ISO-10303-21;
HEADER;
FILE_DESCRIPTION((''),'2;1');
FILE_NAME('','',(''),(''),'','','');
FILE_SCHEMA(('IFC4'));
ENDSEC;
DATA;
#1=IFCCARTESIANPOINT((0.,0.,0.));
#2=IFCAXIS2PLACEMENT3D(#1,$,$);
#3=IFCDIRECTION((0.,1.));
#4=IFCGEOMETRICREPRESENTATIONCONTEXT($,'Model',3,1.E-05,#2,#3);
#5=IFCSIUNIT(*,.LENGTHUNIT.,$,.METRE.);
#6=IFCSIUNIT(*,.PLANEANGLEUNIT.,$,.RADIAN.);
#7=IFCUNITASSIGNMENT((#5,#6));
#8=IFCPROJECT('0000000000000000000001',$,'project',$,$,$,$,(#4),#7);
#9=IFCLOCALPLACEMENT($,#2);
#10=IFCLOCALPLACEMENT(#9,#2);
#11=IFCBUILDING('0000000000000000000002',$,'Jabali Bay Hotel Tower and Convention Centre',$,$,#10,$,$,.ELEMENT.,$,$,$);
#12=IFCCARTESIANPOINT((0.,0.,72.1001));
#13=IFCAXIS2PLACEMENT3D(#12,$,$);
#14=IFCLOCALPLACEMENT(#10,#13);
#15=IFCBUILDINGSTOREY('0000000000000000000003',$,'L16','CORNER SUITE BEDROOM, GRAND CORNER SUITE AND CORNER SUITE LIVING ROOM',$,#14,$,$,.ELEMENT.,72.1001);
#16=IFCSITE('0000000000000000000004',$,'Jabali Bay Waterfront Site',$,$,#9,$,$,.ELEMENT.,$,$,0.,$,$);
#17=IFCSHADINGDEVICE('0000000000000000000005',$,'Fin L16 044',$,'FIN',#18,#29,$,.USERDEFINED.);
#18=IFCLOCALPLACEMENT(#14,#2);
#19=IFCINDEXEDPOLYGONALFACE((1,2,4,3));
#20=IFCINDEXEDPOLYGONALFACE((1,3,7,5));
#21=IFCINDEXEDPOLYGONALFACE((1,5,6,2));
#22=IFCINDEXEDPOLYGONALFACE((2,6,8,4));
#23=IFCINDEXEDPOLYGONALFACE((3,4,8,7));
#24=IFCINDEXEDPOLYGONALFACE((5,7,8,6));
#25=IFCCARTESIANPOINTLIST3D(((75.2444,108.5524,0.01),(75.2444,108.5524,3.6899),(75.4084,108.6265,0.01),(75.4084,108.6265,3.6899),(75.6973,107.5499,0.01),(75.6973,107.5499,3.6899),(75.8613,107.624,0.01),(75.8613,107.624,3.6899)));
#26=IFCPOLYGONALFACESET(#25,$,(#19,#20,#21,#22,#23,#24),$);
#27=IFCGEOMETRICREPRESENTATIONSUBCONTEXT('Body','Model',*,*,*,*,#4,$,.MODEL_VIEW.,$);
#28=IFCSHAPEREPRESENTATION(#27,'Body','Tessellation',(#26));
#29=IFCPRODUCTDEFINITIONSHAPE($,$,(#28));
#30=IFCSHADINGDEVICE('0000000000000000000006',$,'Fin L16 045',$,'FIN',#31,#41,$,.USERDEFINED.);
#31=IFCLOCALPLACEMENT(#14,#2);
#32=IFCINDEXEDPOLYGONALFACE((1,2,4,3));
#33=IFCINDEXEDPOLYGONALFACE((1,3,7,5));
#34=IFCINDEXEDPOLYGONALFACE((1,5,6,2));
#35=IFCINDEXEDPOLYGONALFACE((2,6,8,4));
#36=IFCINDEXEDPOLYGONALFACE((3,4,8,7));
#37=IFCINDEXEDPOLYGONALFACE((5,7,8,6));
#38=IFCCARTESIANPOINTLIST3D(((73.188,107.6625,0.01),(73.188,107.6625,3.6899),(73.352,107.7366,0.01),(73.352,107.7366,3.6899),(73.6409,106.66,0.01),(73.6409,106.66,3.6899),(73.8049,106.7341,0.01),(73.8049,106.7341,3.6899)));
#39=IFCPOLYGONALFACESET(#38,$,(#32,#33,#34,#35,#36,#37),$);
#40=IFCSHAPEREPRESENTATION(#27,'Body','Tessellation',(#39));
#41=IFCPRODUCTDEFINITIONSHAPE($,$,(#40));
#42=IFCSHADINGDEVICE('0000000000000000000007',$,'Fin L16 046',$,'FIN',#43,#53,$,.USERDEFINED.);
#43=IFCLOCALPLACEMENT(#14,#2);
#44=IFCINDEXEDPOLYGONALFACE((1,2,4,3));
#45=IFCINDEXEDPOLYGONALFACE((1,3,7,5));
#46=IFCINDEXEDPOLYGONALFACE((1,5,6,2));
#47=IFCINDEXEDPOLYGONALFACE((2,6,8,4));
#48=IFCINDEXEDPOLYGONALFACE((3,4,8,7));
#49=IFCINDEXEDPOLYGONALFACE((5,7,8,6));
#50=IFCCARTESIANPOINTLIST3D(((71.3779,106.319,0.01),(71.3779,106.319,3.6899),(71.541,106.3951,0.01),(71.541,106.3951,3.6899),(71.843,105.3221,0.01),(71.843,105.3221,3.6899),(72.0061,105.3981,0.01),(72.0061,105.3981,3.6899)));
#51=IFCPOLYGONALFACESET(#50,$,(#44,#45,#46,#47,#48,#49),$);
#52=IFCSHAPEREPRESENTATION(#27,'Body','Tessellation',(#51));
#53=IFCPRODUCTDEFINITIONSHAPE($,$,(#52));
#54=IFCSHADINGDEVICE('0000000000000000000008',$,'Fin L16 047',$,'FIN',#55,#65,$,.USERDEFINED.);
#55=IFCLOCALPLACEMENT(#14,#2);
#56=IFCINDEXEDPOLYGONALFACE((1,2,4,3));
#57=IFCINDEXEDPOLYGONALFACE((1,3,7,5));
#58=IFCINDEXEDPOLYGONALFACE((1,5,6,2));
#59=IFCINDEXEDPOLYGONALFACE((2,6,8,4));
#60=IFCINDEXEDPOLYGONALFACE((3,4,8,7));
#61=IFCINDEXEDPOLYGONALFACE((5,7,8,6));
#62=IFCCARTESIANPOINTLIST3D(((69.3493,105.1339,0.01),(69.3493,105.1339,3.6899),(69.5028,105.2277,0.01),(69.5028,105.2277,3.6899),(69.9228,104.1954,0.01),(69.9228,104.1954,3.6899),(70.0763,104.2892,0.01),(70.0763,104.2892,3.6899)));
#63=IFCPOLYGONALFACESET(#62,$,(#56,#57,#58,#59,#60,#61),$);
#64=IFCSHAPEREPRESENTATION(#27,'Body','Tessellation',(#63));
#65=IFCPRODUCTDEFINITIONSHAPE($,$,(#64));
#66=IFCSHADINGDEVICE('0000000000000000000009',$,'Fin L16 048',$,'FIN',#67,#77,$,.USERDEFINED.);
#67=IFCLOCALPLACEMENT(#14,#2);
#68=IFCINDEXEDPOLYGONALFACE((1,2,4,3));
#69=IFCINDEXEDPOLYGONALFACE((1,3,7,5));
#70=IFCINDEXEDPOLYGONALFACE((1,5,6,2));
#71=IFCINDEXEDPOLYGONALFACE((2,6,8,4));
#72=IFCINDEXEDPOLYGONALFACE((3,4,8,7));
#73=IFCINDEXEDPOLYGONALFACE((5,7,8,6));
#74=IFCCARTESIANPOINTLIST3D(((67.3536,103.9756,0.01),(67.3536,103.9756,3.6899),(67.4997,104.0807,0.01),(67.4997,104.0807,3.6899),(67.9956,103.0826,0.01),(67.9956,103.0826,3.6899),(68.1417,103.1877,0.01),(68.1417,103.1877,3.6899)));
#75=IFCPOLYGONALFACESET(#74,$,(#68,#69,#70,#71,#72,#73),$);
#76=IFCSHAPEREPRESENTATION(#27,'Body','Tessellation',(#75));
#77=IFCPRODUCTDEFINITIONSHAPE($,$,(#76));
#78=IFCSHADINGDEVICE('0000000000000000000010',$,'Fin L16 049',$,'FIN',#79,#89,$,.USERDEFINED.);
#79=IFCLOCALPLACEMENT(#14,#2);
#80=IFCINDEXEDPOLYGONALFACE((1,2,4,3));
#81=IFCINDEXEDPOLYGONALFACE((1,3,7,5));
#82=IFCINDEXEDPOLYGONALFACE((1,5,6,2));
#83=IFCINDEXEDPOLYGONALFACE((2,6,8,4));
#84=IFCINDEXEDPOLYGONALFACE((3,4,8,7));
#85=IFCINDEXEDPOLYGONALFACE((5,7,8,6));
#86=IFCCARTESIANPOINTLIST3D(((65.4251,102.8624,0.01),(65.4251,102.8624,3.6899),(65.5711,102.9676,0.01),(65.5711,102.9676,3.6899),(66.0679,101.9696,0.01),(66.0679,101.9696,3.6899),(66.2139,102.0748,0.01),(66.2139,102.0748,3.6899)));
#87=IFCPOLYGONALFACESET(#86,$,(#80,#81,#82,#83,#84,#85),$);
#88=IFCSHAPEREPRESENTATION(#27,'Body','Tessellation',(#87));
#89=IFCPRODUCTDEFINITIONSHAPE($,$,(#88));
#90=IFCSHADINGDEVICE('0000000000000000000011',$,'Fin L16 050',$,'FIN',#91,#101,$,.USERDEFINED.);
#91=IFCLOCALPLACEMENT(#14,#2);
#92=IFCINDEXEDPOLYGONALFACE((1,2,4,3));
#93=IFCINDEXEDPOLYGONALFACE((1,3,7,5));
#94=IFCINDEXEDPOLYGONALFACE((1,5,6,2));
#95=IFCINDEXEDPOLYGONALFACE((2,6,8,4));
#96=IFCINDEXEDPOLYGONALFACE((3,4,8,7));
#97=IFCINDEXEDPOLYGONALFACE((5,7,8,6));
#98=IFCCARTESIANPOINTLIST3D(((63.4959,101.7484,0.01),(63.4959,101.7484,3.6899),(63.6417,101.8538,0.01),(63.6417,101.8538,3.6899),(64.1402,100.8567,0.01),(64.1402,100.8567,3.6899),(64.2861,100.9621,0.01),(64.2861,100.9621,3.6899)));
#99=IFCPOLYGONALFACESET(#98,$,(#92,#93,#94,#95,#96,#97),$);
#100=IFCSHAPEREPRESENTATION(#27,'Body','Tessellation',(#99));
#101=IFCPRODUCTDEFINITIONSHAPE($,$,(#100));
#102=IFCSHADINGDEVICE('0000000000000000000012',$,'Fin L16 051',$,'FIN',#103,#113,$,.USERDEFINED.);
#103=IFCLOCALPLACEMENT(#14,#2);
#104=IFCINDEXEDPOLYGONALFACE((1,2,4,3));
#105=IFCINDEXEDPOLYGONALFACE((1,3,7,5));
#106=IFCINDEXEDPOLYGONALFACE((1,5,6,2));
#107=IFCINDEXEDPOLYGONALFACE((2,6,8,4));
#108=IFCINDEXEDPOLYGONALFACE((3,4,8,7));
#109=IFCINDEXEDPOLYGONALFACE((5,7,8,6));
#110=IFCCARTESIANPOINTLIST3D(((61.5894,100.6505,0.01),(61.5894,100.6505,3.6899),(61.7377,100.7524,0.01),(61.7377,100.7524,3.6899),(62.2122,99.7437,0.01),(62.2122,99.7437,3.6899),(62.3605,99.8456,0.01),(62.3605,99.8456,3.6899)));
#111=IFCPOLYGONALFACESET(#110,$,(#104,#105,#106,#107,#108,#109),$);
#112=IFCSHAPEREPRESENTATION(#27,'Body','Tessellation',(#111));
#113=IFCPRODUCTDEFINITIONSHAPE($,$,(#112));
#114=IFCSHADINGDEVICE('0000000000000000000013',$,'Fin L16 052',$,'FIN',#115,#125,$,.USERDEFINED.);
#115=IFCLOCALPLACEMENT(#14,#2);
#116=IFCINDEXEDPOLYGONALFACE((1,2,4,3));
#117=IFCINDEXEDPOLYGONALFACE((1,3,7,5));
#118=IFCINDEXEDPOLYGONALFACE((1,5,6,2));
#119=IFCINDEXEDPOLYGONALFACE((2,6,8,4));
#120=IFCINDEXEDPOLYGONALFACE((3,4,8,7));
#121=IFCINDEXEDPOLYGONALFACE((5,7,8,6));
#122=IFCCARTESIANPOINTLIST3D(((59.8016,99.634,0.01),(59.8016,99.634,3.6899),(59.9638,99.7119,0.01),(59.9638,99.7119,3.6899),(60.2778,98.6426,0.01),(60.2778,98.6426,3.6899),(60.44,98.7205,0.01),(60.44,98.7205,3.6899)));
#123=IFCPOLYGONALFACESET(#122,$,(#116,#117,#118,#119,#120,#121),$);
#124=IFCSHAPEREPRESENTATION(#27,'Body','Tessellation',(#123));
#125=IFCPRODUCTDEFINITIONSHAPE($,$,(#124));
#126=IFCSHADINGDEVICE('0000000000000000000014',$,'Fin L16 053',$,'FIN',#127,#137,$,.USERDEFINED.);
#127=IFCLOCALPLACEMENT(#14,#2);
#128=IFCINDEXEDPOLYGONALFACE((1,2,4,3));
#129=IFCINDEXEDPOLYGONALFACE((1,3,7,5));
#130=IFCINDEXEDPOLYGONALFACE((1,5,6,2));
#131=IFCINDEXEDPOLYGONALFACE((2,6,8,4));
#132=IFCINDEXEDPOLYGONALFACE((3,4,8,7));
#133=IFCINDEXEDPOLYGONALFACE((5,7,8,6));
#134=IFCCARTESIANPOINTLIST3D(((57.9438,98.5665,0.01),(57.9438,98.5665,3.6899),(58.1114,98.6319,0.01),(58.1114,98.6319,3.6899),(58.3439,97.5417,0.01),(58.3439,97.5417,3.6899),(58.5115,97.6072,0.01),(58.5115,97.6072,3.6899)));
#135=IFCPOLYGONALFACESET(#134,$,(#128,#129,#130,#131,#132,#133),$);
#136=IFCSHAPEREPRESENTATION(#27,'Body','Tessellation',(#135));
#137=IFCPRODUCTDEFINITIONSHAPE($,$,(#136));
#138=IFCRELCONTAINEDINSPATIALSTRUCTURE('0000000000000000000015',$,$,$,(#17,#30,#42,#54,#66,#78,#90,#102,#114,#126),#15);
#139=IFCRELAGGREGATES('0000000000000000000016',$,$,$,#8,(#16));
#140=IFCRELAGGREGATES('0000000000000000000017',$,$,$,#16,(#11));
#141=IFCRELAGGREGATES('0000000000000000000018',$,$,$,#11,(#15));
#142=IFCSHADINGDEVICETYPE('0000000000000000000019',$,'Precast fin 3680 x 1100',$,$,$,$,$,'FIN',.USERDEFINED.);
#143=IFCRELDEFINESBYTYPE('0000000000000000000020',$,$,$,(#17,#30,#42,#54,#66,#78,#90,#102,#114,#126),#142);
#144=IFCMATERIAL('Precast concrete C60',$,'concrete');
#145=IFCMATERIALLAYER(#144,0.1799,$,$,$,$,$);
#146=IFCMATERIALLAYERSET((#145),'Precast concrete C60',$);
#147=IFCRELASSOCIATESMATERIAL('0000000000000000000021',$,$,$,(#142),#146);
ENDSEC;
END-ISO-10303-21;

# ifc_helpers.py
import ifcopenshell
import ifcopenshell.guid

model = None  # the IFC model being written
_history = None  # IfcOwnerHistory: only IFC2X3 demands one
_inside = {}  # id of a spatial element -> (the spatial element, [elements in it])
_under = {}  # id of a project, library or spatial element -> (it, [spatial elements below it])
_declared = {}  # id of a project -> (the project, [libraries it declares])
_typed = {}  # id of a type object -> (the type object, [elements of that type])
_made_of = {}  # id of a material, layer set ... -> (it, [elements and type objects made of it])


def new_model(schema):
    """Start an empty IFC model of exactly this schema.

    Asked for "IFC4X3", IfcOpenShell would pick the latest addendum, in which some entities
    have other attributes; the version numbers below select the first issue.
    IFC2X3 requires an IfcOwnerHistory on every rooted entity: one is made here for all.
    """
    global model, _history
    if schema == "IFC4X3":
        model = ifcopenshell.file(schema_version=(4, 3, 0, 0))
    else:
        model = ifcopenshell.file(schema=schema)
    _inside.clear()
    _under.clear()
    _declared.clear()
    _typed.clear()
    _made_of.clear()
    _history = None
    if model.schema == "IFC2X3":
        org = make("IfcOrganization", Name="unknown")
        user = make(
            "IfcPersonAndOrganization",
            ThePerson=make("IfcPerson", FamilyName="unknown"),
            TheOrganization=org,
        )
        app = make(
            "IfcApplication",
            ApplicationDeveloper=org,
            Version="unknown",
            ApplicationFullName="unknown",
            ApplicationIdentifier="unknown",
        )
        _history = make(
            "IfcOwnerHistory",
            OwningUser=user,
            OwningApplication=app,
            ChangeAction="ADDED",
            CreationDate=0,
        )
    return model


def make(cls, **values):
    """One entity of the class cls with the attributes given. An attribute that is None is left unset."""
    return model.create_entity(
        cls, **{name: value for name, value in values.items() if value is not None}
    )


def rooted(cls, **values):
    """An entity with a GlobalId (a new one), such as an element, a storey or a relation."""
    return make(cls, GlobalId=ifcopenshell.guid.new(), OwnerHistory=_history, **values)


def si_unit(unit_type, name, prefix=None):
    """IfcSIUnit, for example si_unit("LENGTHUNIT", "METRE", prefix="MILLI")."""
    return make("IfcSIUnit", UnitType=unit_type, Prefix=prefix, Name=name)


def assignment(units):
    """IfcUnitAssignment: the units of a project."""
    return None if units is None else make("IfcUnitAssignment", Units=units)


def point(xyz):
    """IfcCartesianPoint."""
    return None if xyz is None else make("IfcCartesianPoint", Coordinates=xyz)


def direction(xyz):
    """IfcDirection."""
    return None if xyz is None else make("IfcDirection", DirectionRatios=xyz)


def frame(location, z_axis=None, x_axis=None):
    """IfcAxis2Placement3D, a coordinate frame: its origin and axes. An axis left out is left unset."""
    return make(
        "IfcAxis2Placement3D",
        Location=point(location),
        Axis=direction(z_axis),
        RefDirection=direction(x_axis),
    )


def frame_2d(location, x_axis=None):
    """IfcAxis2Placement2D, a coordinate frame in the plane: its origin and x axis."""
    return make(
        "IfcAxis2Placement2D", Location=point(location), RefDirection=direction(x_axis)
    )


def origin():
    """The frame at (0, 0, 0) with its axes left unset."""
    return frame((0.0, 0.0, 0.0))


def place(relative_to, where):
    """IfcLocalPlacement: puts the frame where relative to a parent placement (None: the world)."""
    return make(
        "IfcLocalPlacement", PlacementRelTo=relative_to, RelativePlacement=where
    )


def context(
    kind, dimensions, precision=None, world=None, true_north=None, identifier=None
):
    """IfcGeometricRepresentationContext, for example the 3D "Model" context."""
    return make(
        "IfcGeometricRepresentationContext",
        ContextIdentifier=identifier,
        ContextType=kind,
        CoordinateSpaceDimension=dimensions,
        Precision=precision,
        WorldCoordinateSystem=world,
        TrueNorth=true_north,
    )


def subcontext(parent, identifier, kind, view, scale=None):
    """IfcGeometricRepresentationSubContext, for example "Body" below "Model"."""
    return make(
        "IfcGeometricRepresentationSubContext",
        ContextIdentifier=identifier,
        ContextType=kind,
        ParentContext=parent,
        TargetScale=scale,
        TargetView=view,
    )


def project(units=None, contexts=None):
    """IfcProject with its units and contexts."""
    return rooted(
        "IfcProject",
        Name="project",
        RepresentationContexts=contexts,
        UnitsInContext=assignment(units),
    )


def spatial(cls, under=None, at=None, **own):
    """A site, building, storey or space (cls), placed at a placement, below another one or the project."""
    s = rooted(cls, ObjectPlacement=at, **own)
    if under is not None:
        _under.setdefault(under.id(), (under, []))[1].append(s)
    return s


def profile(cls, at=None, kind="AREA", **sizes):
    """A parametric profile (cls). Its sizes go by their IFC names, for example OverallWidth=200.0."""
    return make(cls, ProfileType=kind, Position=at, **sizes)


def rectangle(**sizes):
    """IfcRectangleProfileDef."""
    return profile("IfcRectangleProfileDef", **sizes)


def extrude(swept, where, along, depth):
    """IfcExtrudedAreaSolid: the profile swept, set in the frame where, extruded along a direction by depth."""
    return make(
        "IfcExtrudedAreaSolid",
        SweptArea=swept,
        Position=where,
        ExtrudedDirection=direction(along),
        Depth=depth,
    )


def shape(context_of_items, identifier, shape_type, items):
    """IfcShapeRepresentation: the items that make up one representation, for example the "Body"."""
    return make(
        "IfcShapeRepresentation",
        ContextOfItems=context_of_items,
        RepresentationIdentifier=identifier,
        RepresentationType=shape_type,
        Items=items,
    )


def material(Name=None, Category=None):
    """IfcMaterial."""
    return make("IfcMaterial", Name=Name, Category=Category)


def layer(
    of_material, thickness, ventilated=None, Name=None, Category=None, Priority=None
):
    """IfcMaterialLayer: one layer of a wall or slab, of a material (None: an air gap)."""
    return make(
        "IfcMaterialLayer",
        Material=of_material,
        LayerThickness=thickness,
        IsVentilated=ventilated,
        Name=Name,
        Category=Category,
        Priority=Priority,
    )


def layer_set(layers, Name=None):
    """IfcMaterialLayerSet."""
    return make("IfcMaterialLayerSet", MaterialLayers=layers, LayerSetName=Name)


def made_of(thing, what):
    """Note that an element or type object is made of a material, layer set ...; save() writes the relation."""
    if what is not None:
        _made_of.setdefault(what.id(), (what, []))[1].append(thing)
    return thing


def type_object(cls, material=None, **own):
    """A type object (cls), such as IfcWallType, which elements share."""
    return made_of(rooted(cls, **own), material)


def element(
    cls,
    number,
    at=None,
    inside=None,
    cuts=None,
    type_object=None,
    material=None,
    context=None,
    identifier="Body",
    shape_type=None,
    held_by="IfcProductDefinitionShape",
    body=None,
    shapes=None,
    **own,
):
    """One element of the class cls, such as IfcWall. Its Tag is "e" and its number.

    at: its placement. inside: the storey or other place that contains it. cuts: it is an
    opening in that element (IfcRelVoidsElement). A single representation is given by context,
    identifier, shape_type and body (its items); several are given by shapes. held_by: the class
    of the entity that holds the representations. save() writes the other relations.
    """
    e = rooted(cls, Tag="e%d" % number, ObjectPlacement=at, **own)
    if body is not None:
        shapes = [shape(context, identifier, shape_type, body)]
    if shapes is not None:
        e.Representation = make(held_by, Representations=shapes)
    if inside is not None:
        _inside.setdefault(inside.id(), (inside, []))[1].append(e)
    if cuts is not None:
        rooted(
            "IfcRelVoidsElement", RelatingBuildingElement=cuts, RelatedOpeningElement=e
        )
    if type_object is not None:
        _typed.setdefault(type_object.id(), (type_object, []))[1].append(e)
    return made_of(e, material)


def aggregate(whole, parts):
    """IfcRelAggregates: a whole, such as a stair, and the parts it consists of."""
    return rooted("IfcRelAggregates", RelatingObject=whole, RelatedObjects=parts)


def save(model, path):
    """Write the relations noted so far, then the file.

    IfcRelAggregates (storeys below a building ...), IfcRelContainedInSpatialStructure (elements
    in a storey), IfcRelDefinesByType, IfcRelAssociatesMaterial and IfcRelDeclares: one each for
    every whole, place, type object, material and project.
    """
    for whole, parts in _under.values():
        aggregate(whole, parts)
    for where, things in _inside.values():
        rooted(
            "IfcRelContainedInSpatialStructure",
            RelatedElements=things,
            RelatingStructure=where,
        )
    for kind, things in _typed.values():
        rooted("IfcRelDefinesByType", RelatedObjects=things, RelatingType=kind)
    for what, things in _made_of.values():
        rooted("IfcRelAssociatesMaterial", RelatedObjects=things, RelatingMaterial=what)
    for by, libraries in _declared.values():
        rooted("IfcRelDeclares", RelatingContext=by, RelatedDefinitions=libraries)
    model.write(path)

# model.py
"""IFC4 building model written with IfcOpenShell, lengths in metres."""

from ifc_helpers import new_model, si_unit, direction, frame, frame_2d, origin, place, context, subcontext, project, spatial, rectangle, extrude, material, layer, layer_set, type_object, element, save


model = new_model("IFC4")

# Units and contexts
model_context = context("Model", 3, precision=1e-05, world=origin(), true_north=direction((0.0, 1.0)))
body_context = subcontext(model_context, "Body", "Model", "MODEL_VIEW")
ifc_project = project(units=[si_unit("LENGTHUNIT", "METRE"), si_unit("PLANEANGLEUNIT", "RADIAN")], contexts=[model_context])

# Site, building, storey
site_placement = place(None, origin())
site = spatial("IfcSite", under=ifc_project, at=site_placement, Name="Jabali Bay Waterfront Site", CompositionType="ELEMENT", RefElevation=0.0)
building_placement = place(site_placement, origin())
building = spatial("IfcBuilding", under=site, at=building_placement, Name="Jabali Bay Hotel Tower and Convention Centre", CompositionType="ELEMENT")
storey_placement = place(building_placement, frame((0.0, 0.0, 72.1001)))
storey = spatial("IfcBuildingStorey", under=building, at=storey_placement, Name="L16", Description="CORNER SUITE BEDROOM, GRAND CORNER SUITE AND CORNER SUITE LIVING ROOM", CompositionType="ELEMENT", Elevation=72.1001)

# Shading devices
ifc_material_1 = material(Name="Precast concrete C60", Category="concrete")
ifc_layer_1 = layer(ifc_material_1, 0.1799)
ifc_layer_set_1 = layer_set([ifc_layer_1], Name="Precast concrete C60")
shading_device_type = type_object("IfcShadingDeviceType", Name="Precast fin 3680 x 1100", ElementType="FIN", PredefinedType="USERDEFINED", material=ifc_layer_set_1)
for number, where, z_axis, x_axis, name in (
    (1, (75.7793, 107.5869, 0.01), (0.0, 0.0, 1.0), (-0.411712, 0.911314, 0.0), "Fin L16 044"),
    (2, (73.7229, 106.697, 0.01), (0.0, 0.0, 1.0), (-0.411712, 0.911314, 0.0), "Fin L16 045"),
    (3, (71.9246, 105.3601, 0.01), (0.0, 0.0, 1.0), (-0.422813, 0.906217, 0.0), "Fin L16 046"),
):
    element("IfcShadingDevice", number, at=place(storey_placement, frame(where, z_axis=z_axis, x_axis=x_axis)), inside=storey, type_object=shading_device_type, Name=name, ObjectType="FIN", PredefinedType="USERDEFINED", context=body_context, shape_type="SweptSolid", body=[
        extrude(rectangle(XDim=1.1001, YDim=0.1799, at=frame_2d((0.55, 0.0))), origin(), (0.0, 0.0, 1.0), 3.6799),
    ])
for number, where, z_axis, x_axis, name in (
    (4, (69.9995, 104.2424, 0.01), (0.0, 0.0, 1.0), (-0.521432, 0.853293, 0.0), "Fin L16 047"),
    (5, (68.0686, 103.1353, 0.01), (0.0, 0.0, 1.0), (-0.583755, 0.81193, 0.0), "Fin L16 048"),
):
    element("IfcShadingDevice", number, at=place(storey_placement, frame(where, z_axis=z_axis, x_axis=x_axis)), inside=storey, type_object=shading_device_type, Name=name, ObjectType="FIN", PredefinedType="USERDEFINED", context=body_context, shape_type="SweptSolid", body=[
        extrude(rectangle(XDim=1.0999, YDim=0.1799, at=frame_2d((0.5498, 0.0))), origin(), (0.0, 0.0, 1.0), 3.6799),
    ])
for number, where, z_axis, x_axis, name in (
    (6, (66.1409, 102.0222, 0.01), (0.0, 0.0, 1.0), (-0.584299, 0.811539, 0.0), "Fin L16 049"),
    (7, (64.2131, 100.9094, 0.01), (0.0, 0.0, 1.0), (-0.585701, 0.810527, 0.0), "Fin L16 050"),
    (8, (62.2864, 99.7947, 0.01), (0.0, 0.0, 1.0), (-0.566171, 0.824288, 0.0), "Fin L16 051"),
):
    element("IfcShadingDevice", number, at=place(storey_placement, frame(where, z_axis=z_axis, x_axis=x_axis)), inside=storey, type_object=shading_device_type, Name=name, ObjectType="FIN", PredefinedType="USERDEFINED", context=body_context, shape_type="SweptSolid", body=[
        extrude(rectangle(XDim=1.1001, YDim=0.1799, at=frame_2d((0.55, 0.0))), origin(), (0.0, 0.0, 1.0), 3.6799),
    ])
shading_device_1_placement = place(storey_placement, frame((60.3589, 98.6816, 0.01), z_axis=(0.0, 0.0, 1.0), x_axis=(-0.433041, 0.901374, 0.0)))
element("IfcShadingDevice", 9, at=shading_device_1_placement, inside=storey, type_object=shading_device_type, Name="Fin L16 052", ObjectType="FIN", PredefinedType="USERDEFINED", context=body_context, shape_type="SweptSolid", body=[
    extrude(rectangle(XDim=1.0999, YDim=0.1799, at=frame_2d((0.5498, 0.0))), origin(), (0.0, 0.0, 1.0), 3.6799),
])
shading_device_2_placement = place(storey_placement, frame((58.4277, 97.5745, 0.01), z_axis=(0.0, 0.0, 1.0), x_axis=(-0.363763, 0.931491, 0.0)))
element("IfcShadingDevice", 10, at=shading_device_2_placement, inside=storey, type_object=shading_device_type, Name="Fin L16 053", ObjectType="FIN", PredefinedType="USERDEFINED", context=body_context, shape_type="SweptSolid", body=[
    extrude(rectangle(XDim=1.1001, YDim=0.1799, at=frame_2d((0.55, 0.0))), origin(), (0.0, 0.0, 1.0), 3.6799),
])

save(model, "model.ifc")
